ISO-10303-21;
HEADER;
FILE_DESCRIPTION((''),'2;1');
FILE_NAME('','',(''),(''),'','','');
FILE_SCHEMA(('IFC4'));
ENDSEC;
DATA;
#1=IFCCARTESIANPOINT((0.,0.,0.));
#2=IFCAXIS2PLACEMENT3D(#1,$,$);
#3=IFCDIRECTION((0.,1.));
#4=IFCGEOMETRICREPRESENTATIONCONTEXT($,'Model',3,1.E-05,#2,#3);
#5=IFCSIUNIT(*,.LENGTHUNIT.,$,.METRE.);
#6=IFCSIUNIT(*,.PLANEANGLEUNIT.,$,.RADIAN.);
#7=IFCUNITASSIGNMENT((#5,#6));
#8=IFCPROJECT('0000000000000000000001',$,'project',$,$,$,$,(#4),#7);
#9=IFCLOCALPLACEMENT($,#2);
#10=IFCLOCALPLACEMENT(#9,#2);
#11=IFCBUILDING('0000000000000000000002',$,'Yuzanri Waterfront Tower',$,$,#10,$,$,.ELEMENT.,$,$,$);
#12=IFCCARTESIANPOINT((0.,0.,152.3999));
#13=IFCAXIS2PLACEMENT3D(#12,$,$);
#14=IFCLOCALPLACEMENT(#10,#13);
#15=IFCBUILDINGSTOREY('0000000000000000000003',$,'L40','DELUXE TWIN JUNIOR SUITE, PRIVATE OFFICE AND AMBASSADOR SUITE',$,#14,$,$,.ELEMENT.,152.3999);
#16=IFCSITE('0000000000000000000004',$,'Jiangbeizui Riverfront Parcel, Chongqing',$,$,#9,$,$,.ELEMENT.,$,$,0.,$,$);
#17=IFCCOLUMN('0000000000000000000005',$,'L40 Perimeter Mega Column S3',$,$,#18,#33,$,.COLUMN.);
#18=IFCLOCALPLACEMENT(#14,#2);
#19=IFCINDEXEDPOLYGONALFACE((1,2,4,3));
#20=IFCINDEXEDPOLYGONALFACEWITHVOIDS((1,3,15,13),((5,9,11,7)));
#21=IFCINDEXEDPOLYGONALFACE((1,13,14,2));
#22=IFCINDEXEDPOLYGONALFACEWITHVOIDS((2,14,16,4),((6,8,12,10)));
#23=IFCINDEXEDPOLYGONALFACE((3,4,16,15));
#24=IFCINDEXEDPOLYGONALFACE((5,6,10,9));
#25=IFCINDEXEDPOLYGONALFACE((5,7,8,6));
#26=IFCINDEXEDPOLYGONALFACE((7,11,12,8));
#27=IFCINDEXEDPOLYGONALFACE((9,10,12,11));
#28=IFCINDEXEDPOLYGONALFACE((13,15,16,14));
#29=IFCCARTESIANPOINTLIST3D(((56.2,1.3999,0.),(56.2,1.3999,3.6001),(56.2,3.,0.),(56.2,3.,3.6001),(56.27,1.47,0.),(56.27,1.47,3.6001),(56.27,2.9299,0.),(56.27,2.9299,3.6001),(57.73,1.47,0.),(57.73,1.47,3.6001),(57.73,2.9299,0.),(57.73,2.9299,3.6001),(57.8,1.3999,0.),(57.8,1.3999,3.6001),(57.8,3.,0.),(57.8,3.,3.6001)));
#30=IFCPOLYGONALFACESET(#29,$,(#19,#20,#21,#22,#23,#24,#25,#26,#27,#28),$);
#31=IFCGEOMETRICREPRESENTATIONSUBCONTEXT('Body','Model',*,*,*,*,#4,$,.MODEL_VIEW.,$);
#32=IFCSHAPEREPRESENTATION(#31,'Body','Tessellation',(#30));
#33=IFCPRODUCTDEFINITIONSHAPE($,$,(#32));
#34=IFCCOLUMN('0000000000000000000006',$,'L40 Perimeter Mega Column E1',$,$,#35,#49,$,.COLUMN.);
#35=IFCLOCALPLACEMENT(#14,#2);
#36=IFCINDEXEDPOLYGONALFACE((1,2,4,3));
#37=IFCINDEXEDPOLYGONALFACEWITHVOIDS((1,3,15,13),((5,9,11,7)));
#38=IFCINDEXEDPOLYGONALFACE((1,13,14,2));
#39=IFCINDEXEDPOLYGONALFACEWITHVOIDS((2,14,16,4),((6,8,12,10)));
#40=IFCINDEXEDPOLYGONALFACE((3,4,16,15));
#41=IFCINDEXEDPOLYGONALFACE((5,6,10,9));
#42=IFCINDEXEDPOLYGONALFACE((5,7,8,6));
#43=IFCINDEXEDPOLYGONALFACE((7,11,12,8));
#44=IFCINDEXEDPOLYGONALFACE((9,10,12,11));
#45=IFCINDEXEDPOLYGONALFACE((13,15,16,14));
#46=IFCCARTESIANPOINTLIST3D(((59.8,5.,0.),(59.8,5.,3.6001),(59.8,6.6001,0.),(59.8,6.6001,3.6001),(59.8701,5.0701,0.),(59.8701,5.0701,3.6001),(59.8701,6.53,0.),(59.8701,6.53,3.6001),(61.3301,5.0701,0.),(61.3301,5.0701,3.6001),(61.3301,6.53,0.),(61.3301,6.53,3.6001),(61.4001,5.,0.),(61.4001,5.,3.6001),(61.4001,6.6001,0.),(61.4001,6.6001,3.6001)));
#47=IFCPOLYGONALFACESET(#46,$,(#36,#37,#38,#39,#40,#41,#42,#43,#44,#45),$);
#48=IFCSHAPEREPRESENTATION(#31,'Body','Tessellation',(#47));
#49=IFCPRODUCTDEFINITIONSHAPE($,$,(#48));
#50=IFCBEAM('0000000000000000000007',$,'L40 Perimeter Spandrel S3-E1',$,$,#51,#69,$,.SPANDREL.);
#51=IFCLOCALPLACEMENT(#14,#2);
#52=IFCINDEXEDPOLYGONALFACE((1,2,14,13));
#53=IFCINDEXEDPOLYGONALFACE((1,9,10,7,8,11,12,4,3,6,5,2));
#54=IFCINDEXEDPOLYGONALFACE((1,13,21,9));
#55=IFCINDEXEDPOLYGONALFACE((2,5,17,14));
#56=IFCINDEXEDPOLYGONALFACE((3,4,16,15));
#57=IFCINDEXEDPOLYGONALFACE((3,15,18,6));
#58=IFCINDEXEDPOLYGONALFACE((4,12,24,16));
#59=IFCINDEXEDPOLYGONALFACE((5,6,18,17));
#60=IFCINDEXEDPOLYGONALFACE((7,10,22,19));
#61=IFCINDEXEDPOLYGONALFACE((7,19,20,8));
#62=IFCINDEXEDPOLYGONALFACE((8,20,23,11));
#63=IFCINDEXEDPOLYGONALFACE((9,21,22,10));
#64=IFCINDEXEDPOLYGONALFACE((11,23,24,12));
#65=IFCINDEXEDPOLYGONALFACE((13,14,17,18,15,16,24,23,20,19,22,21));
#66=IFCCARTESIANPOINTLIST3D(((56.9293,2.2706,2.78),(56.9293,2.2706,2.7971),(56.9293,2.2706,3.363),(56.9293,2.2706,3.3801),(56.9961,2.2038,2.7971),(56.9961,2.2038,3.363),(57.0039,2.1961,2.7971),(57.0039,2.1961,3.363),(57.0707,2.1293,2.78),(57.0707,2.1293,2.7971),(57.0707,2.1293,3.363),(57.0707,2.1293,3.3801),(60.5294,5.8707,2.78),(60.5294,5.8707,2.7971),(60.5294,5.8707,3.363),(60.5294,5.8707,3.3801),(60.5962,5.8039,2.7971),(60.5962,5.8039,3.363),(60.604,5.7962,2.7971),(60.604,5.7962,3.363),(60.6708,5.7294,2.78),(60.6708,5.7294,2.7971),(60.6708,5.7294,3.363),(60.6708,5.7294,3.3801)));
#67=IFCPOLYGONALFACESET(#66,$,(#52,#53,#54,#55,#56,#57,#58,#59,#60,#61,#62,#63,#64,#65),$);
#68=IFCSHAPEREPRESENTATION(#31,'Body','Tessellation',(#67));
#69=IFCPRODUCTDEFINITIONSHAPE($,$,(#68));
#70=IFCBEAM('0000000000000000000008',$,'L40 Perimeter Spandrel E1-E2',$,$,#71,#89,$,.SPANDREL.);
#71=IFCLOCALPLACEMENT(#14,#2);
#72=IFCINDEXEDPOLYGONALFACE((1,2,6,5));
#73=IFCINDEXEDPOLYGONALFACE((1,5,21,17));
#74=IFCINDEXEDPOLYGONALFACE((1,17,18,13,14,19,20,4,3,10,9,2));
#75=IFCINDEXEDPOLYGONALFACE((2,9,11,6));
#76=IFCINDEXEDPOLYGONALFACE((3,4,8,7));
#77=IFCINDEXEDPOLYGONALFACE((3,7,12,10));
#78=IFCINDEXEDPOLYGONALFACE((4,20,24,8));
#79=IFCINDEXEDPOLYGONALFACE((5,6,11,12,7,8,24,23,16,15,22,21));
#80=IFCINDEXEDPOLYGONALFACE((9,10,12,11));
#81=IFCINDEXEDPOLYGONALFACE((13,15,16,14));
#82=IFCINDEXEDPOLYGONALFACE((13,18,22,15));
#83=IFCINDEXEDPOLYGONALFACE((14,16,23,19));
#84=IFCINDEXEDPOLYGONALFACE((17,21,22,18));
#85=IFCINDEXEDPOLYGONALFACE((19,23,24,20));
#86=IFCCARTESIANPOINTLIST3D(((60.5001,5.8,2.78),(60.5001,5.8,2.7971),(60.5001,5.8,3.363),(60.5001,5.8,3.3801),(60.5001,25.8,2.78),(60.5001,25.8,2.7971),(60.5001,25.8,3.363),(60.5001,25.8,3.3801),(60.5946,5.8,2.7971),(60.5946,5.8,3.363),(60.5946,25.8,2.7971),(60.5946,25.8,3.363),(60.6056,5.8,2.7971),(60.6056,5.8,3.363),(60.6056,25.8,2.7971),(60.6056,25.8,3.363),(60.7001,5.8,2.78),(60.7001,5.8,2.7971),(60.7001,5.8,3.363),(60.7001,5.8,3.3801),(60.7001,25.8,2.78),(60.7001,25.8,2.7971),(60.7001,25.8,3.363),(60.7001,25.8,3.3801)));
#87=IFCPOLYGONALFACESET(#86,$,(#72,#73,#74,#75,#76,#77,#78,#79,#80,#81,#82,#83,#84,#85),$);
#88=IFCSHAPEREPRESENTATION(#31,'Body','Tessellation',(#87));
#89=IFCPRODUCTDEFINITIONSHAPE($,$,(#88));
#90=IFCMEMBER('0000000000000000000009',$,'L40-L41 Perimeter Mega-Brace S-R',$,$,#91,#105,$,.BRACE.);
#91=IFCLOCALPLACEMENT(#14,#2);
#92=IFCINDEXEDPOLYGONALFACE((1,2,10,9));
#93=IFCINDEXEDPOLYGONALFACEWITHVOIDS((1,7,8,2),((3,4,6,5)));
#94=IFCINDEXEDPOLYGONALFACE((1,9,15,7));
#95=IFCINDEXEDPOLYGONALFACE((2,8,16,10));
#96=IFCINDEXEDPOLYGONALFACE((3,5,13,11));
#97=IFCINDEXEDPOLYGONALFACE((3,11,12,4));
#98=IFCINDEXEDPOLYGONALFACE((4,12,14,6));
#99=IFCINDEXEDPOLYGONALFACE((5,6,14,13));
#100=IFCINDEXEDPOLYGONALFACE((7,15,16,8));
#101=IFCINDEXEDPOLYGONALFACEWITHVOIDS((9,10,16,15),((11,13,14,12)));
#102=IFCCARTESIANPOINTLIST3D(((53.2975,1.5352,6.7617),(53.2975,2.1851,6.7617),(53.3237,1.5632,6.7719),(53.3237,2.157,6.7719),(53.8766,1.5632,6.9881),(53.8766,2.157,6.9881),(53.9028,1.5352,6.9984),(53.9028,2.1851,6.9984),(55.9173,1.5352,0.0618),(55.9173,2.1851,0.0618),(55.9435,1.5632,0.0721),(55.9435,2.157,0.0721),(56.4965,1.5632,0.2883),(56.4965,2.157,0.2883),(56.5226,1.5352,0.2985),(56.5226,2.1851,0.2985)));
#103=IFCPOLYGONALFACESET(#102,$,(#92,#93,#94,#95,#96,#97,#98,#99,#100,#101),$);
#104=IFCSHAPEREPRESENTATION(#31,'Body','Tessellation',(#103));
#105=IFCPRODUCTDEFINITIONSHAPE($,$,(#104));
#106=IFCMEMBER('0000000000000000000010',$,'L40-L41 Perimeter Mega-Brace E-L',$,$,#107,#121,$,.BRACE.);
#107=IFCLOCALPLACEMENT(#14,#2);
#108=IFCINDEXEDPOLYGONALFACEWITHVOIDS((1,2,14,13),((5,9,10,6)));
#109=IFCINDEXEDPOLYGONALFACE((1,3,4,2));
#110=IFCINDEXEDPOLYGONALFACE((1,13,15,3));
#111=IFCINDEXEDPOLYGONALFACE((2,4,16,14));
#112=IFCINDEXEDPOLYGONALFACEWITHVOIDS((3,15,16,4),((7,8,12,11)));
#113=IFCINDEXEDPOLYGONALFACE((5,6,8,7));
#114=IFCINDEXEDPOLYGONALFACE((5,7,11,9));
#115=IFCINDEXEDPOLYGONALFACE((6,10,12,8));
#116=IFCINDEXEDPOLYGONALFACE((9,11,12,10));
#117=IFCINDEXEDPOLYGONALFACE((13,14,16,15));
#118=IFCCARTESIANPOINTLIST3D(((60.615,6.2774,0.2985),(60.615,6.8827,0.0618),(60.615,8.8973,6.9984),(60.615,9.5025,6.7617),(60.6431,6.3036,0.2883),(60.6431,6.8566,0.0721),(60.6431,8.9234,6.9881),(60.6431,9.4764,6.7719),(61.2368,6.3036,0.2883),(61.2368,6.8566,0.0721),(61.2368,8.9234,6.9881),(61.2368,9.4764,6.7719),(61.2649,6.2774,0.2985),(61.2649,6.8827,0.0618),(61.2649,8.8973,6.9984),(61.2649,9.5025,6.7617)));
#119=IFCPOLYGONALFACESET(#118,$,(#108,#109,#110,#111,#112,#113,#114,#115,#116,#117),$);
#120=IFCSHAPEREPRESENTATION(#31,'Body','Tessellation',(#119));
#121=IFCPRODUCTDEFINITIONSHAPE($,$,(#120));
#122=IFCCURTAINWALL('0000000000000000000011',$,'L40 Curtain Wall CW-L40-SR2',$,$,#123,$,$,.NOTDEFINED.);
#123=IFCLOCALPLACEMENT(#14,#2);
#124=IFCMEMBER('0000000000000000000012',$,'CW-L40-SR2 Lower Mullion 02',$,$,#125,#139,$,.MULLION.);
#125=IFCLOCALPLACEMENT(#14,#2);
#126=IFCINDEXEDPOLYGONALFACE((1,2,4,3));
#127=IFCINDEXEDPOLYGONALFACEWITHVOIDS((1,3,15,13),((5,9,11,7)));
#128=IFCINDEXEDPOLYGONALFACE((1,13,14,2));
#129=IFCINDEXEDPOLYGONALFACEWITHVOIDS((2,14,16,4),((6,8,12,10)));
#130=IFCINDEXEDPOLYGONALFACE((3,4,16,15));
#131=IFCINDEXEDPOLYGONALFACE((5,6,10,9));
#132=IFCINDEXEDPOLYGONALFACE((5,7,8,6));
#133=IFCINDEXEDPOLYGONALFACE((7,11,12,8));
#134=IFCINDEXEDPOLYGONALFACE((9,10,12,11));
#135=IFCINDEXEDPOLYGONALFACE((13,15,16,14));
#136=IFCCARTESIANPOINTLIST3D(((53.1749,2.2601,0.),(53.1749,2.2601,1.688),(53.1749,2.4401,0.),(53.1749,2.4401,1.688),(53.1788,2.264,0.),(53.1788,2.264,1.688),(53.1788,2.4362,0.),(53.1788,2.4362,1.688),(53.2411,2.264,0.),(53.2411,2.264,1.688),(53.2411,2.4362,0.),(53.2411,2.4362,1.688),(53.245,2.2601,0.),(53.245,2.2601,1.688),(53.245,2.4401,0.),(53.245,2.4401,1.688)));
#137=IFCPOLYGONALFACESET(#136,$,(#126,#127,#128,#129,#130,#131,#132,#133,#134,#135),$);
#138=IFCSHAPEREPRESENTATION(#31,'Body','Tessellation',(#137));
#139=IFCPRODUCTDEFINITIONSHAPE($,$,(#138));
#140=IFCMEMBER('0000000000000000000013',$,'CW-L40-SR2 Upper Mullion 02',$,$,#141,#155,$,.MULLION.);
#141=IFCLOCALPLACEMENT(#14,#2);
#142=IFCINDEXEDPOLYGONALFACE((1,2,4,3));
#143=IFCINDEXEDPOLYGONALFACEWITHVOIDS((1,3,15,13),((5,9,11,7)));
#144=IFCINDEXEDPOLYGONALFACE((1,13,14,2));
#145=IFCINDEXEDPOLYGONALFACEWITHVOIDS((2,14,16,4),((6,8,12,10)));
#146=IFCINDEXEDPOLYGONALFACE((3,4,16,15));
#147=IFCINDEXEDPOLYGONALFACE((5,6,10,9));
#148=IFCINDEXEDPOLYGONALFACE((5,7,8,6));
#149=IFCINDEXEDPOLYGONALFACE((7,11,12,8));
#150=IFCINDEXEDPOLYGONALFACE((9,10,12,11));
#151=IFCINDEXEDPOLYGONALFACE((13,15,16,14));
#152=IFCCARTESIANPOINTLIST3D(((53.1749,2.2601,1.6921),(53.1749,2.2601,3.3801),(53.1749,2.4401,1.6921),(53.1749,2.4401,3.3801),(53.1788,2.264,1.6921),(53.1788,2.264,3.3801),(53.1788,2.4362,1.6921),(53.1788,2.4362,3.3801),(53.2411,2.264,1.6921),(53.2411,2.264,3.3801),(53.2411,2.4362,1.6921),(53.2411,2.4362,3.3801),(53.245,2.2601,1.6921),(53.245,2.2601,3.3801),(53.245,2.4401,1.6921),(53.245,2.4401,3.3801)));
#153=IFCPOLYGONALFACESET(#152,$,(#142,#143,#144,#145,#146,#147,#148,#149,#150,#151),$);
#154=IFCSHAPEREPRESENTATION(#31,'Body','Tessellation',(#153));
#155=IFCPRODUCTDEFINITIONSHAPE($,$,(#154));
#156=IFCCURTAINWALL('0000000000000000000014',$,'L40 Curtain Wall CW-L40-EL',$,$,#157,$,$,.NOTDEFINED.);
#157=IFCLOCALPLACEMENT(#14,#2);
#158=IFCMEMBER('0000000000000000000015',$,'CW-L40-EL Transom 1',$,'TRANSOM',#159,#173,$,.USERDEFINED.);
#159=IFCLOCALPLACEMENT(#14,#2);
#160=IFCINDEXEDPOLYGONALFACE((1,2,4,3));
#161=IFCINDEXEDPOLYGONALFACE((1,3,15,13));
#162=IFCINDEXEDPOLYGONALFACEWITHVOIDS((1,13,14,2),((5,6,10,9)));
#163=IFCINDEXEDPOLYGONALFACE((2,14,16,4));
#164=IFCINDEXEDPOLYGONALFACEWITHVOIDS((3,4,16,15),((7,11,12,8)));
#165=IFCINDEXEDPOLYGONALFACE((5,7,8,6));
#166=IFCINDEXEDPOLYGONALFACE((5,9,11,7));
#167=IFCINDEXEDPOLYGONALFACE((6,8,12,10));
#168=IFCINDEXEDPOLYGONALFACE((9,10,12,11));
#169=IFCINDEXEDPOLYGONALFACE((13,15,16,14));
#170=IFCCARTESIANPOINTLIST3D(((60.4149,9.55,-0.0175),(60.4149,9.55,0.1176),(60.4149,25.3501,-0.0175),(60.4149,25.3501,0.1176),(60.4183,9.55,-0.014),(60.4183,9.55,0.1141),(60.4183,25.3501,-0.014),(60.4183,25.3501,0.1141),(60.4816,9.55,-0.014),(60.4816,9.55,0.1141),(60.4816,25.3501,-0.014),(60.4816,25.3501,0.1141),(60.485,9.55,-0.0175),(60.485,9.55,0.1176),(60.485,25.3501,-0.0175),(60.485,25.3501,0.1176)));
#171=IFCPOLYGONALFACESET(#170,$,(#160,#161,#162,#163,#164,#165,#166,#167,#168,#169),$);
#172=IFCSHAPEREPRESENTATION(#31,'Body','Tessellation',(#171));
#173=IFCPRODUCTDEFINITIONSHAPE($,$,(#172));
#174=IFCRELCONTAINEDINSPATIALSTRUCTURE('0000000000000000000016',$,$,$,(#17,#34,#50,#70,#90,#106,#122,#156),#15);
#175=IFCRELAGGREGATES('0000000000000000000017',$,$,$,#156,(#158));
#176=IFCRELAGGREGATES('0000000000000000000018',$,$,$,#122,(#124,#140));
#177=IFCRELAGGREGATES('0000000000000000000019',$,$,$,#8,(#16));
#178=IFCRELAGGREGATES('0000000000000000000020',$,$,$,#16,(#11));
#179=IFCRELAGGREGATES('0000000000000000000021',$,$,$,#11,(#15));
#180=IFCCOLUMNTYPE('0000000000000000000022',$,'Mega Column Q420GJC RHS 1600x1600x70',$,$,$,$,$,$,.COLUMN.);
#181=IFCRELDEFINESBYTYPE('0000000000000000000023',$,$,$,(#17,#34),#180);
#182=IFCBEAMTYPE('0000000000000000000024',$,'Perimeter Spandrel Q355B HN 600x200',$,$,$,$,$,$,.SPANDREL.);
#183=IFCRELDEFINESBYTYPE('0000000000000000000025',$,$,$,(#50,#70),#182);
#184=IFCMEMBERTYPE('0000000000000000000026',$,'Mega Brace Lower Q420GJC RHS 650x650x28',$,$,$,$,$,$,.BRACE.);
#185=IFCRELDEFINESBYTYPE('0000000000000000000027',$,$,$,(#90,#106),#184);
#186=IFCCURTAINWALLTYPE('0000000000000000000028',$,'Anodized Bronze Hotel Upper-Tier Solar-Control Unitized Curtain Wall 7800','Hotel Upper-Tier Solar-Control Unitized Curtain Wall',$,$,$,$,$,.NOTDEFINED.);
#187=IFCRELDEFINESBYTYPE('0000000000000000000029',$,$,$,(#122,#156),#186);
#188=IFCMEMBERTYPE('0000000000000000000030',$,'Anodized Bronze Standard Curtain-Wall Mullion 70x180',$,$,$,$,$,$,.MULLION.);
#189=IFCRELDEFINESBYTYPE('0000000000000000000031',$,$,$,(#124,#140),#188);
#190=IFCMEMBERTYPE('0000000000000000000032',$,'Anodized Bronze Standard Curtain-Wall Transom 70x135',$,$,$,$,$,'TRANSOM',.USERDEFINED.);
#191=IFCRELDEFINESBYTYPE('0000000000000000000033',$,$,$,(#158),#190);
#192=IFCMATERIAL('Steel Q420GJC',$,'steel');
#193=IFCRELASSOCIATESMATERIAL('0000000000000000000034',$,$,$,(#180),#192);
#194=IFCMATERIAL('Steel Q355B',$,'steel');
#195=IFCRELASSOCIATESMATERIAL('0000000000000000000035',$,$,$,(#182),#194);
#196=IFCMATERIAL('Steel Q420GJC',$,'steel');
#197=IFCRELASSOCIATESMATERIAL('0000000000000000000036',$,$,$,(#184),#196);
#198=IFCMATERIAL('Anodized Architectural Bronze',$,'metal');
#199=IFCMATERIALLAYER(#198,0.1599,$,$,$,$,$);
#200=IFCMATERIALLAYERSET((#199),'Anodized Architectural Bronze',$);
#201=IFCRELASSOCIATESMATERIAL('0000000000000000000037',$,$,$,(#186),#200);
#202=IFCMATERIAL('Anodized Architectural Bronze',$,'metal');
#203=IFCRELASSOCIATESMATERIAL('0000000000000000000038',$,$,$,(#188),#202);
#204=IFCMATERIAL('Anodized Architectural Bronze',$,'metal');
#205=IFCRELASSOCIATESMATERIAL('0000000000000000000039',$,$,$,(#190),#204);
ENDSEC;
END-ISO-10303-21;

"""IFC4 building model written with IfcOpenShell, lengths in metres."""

from ifc_helpers import new_model, si_unit, direction, frame, origin, origin_2d, place, context, subcontext, project, spatial, hollow_rectangle, i_section, extrude, source, transform, mapped, material, layer, layer_set, material_profile, profile_set, type_object, element, aggregate, save


model = new_model("IFC4")

# Units and contexts
model_context = context("Model", 3, precision=1e-05, world=origin(), true_north=direction((0.0, 1.0)))
body_context = subcontext(model_context, "Body", "Model", "MODEL_VIEW")
ifc_project = project(units=[si_unit("LENGTHUNIT", "METRE"), si_unit("PLANEANGLEUNIT", "RADIAN")], contexts=[model_context])

# Site, building, storey
site_placement = place(None, origin())
site = spatial("IfcSite", under=ifc_project, at=site_placement, Name="Jiangbeizui Riverfront Parcel, Chongqing", CompositionType="ELEMENT", RefElevation=0.0)
building_placement = place(site_placement, origin())
building = spatial("IfcBuilding", under=site, at=building_placement, Name="Yuzanri Waterfront Tower", CompositionType="ELEMENT")
storey_placement = place(building_placement, frame((0.0, 0.0, 152.3999)))
storey = spatial("IfcBuildingStorey", under=building, at=storey_placement, Name="L40", Description="DELUXE TWIN JUNIOR SUITE, PRIVATE OFFICE AND AMBASSADOR SUITE", CompositionType="ELEMENT", Elevation=152.3999)

# Columns
ifc_material_1 = material(Name="Steel Q420GJC", Category="steel")
ifc_material_profile_1 = material_profile(ifc_material_1, hollow_rectangle(XDim=1.6001, YDim=1.6001, WallThickness=0.0701, at=origin_2d()), Name="RHS 1600x1600x70")
ifc_profile_set_1 = profile_set([ifc_material_profile_1], Name="Steel Q420GJC")
column_type = type_object("IfcColumnType", Name="Mega Column Q420GJC RHS 1600x1600x70", PredefinedType="COLUMN", material=ifc_profile_set_1)
shared_shape_1 = source(origin(), body_context, "Body", "SweptSolid", [
    extrude(hollow_rectangle(XDim=1.6001, YDim=1.6001, WallThickness=0.0701, at=origin_2d()), origin(), (0.0, 0.0, 1.0), 3.6001),
])
for number, where, z_axis, x_axis, name in (
    (1, (57.0, 2.2, 0.0), (0.0, 0.0, 1.0), (1.0, 0.0, 0.0), "L40 Perimeter Mega Column S3"),
    (2, (60.6001, 5.8, 0.0), (0.0, 0.0, 1.0), (1.0, 0.0, 0.0), "L40 Perimeter Mega Column E1"),
):
    element("IfcColumn", number, at=place(storey_placement, frame(where, z_axis=z_axis, x_axis=x_axis)), inside=storey, type_object=column_type, Name=name, PredefinedType="COLUMN", context=body_context, shape_type="MappedRepresentation", body=[
        mapped(shared_shape_1, transform((0.0, 0.0, 0.0), scale=1.0)),
    ])

# Beams
ifc_material_2 = material(Name="Steel Q355B", Category="steel")
ifc_material_profile_2 = material_profile(ifc_material_2, i_section(OverallWidth=0.2, OverallDepth=0.6001, WebThickness=0.011, FlangeThickness=0.0171, at=origin_2d()), Name="HN 600x200x11x17")
ifc_profile_set_2 = profile_set([ifc_material_profile_2], Name="Steel Q355B")
beam_type = type_object("IfcBeamType", Name="Perimeter Spandrel Q355B HN 600x200", PredefinedType="SPANDREL", material=ifc_profile_set_2)
shared_shape_2 = source(origin(), body_context, "Body", "SweptSolid", [
    extrude(i_section(OverallWidth=0.2, OverallDepth=0.6001, WebThickness=0.011, FlangeThickness=0.0171, at=origin_2d()), origin(), (0.0, 0.0, 1.0), 5.0913),
])
beam_1_placement = place(storey_placement, frame((57.0, 2.2, 3.0801), z_axis=(0.707107, 0.707107, 0.0), x_axis=(-0.707107, 0.707107, 0.0)))
element("IfcBeam", 3, at=beam_1_placement, inside=storey, type_object=beam_type, Name="L40 Perimeter Spandrel S3-E1", PredefinedType="SPANDREL", context=body_context, shape_type="MappedRepresentation", body=[
    mapped(shared_shape_2, transform((0.0, 0.0, 0.0), scale=1.0)),
])
shared_shape_3 = source(origin(), body_context, "Body", "SweptSolid", [
    extrude(i_section(OverallWidth=0.2, OverallDepth=0.6001, WebThickness=0.011, FlangeThickness=0.0171, at=origin_2d()), origin(), (0.0, 0.0, 1.0), 20.0),
])
beam_2_placement = place(storey_placement, frame((60.6001, 5.8, 3.0801), z_axis=(0.0, 1.0, 0.0), x_axis=(-1.0, 0.0, 0.0)))
element("IfcBeam", 4, at=beam_2_placement, inside=storey, type_object=beam_type, Name="L40 Perimeter Spandrel E1-E2", PredefinedType="SPANDREL", context=body_context, shape_type="MappedRepresentation", body=[
    mapped(shared_shape_3, transform((0.0, 0.0, 0.0), scale=1.0)),
])

# Members
ifc_material_3 = material(Name="Steel Q420GJC", Category="steel")
ifc_material_profile_3 = material_profile(ifc_material_3, hollow_rectangle(XDim=0.6499, YDim=0.6499, WallThickness=0.0281, at=origin_2d()), Name="RHS 650x650x28")
ifc_profile_set_3 = profile_set([ifc_material_profile_3], Name="Steel Q420GJC")
member_type_1 = type_object("IfcMemberType", Name="Mega Brace Lower Q420GJC RHS 650x650x28", PredefinedType="BRACE", material=ifc_profile_set_3)
shared_shape_4 = source(origin(), body_context, "Body", "SweptSolid", [
    extrude(hollow_rectangle(XDim=0.6499, YDim=0.6499, WallThickness=0.0281, at=origin_2d()), origin(), (0.0, 0.0, 1.0), 7.1938),
])
for number, where, z_axis, x_axis, name in (
    (5, (56.22, 1.8601, 0.1802), (-0.364177, 0.0, 0.93133), (0.0, -1.0, 0.0), "L40-L41 Perimeter Mega-Brace S-R"),
    (6, (60.9399, 6.5801, 0.1802), (0.0, 0.364177, 0.93133), (-1.0, 0.0, 0.0), "L40-L41 Perimeter Mega-Brace E-L"),
):
    element("IfcMember", number, at=place(storey_placement, frame(where, z_axis=z_axis, x_axis=x_axis)), inside=storey, type_object=member_type_1, Name=name, PredefinedType="BRACE", context=body_context, shape_type="MappedRepresentation", body=[
        mapped(shared_shape_4, transform((0.0, 0.0, 0.0), scale=1.0)),
    ])

# Curtain walls, members
ifc_material_4 = material(Name="Anodized Architectural Bronze", Category="metal")
ifc_layer_1 = layer(ifc_material_4, 0.1599)
ifc_layer_set_1 = layer_set([ifc_layer_1], Name="Anodized Architectural Bronze")
curtain_wall_type = type_object("IfcCurtainWallType", Name="Anodized Bronze Hotel Upper-Tier Solar-Control Unitized Curtain Wall 7800", Description="Hotel Upper-Tier Solar-Control Unitized Curtain Wall", PredefinedType="NOTDEFINED", material=ifc_layer_set_1)
curtain_wall_1_placement = place(storey_placement, origin())
curtain_wall_1 = element("IfcCurtainWall", 7, at=curtain_wall_1_placement, inside=storey, type_object=curtain_wall_type, Name="L40 Curtain Wall CW-L40-SR2", PredefinedType="NOTDEFINED")
ifc_material_5 = material(Name="Anodized Architectural Bronze", Category="metal")
ifc_material_profile_4 = material_profile(ifc_material_5, hollow_rectangle(XDim=0.0701, YDim=0.1799, WallThickness=0.0039, at=origin_2d()), Name="CWM 70x180")
ifc_profile_set_4 = profile_set([ifc_material_profile_4], Name="Anodized Architectural Bronze")
member_type_2 = type_object("IfcMemberType", Name="Anodized Bronze Standard Curtain-Wall Mullion 70x180", PredefinedType="MULLION", material=ifc_profile_set_4)
shared_shape_5 = source(origin(), body_context, "Body", "SweptSolid", [
    extrude(hollow_rectangle(XDim=0.0701, YDim=0.1799, WallThickness=0.0039, at=origin_2d()), origin(), (0.0, 0.0, 1.0), 1.688),
])
member_1_placement = place(storey_placement, frame((53.21, 2.3501, 0.0), z_axis=(0.0, 0.0, 1.0), x_axis=(1.0, 0.0, 0.0)))
member_1 = element("IfcMember", 8, at=member_1_placement, type_object=member_type_2, Name="CW-L40-SR2 Lower Mullion 02", PredefinedType="MULLION", context=body_context, shape_type="MappedRepresentation", body=[
    mapped(shared_shape_5, transform((0.0, 0.0, 0.0), scale=1.0)),
])
member_2_placement = place(storey_placement, frame((53.21, 2.3501, 1.6921), z_axis=(0.0, 0.0, 1.0), x_axis=(1.0, 0.0, 0.0)))
member_2 = element("IfcMember", 9, at=member_2_placement, type_object=member_type_2, Name="CW-L40-SR2 Upper Mullion 02", PredefinedType="MULLION", context=body_context, shape_type="MappedRepresentation", body=[
    mapped(shared_shape_5, transform((0.0, 0.0, 0.0), scale=1.0)),
])
curtain_wall_2_placement = place(storey_placement, origin())
curtain_wall_2 = element("IfcCurtainWall", 10, at=curtain_wall_2_placement, inside=storey, type_object=curtain_wall_type, Name="L40 Curtain Wall CW-L40-EL", PredefinedType="NOTDEFINED")
ifc_material_6 = material(Name="Anodized Architectural Bronze", Category="metal")
ifc_material_profile_5 = material_profile(ifc_material_6, hollow_rectangle(XDim=0.0701, YDim=0.135, WallThickness=0.0034, at=origin_2d()), Name="CWT 70x135")
ifc_profile_set_5 = profile_set([ifc_material_profile_5], Name="Anodized Architectural Bronze")
member_type_3 = type_object("IfcMemberType", Name="Anodized Bronze Standard Curtain-Wall Transom 70x135", ElementType="TRANSOM", PredefinedType="USERDEFINED", material=ifc_profile_set_5)
shared_shape_6 = source(origin(), body_context, "Body", "SweptSolid", [
    extrude(hollow_rectangle(XDim=0.0701, YDim=0.135, WallThickness=0.0034, at=origin_2d()), origin(), (0.0, 0.0, 1.0), 15.8),
])
member_3_placement = place(storey_placement, frame((60.45, 9.55, 0.05), z_axis=(0.0, 1.0, 0.0), x_axis=(-1.0, 0.0, 0.0)))
member_3 = element("IfcMember", 11, at=member_3_placement, type_object=member_type_3, Name="CW-L40-EL Transom 1", ObjectType="TRANSOM", PredefinedType="USERDEFINED", context=body_context, shape_type="MappedRepresentation", body=[
    mapped(shared_shape_6, transform((0.0, 0.0, 0.0), scale=1.0)),
])
aggregate(curtain_wall_2, [member_3])

aggregate(curtain_wall_1, [member_1, member_2])

save(model, "model.ifc")
